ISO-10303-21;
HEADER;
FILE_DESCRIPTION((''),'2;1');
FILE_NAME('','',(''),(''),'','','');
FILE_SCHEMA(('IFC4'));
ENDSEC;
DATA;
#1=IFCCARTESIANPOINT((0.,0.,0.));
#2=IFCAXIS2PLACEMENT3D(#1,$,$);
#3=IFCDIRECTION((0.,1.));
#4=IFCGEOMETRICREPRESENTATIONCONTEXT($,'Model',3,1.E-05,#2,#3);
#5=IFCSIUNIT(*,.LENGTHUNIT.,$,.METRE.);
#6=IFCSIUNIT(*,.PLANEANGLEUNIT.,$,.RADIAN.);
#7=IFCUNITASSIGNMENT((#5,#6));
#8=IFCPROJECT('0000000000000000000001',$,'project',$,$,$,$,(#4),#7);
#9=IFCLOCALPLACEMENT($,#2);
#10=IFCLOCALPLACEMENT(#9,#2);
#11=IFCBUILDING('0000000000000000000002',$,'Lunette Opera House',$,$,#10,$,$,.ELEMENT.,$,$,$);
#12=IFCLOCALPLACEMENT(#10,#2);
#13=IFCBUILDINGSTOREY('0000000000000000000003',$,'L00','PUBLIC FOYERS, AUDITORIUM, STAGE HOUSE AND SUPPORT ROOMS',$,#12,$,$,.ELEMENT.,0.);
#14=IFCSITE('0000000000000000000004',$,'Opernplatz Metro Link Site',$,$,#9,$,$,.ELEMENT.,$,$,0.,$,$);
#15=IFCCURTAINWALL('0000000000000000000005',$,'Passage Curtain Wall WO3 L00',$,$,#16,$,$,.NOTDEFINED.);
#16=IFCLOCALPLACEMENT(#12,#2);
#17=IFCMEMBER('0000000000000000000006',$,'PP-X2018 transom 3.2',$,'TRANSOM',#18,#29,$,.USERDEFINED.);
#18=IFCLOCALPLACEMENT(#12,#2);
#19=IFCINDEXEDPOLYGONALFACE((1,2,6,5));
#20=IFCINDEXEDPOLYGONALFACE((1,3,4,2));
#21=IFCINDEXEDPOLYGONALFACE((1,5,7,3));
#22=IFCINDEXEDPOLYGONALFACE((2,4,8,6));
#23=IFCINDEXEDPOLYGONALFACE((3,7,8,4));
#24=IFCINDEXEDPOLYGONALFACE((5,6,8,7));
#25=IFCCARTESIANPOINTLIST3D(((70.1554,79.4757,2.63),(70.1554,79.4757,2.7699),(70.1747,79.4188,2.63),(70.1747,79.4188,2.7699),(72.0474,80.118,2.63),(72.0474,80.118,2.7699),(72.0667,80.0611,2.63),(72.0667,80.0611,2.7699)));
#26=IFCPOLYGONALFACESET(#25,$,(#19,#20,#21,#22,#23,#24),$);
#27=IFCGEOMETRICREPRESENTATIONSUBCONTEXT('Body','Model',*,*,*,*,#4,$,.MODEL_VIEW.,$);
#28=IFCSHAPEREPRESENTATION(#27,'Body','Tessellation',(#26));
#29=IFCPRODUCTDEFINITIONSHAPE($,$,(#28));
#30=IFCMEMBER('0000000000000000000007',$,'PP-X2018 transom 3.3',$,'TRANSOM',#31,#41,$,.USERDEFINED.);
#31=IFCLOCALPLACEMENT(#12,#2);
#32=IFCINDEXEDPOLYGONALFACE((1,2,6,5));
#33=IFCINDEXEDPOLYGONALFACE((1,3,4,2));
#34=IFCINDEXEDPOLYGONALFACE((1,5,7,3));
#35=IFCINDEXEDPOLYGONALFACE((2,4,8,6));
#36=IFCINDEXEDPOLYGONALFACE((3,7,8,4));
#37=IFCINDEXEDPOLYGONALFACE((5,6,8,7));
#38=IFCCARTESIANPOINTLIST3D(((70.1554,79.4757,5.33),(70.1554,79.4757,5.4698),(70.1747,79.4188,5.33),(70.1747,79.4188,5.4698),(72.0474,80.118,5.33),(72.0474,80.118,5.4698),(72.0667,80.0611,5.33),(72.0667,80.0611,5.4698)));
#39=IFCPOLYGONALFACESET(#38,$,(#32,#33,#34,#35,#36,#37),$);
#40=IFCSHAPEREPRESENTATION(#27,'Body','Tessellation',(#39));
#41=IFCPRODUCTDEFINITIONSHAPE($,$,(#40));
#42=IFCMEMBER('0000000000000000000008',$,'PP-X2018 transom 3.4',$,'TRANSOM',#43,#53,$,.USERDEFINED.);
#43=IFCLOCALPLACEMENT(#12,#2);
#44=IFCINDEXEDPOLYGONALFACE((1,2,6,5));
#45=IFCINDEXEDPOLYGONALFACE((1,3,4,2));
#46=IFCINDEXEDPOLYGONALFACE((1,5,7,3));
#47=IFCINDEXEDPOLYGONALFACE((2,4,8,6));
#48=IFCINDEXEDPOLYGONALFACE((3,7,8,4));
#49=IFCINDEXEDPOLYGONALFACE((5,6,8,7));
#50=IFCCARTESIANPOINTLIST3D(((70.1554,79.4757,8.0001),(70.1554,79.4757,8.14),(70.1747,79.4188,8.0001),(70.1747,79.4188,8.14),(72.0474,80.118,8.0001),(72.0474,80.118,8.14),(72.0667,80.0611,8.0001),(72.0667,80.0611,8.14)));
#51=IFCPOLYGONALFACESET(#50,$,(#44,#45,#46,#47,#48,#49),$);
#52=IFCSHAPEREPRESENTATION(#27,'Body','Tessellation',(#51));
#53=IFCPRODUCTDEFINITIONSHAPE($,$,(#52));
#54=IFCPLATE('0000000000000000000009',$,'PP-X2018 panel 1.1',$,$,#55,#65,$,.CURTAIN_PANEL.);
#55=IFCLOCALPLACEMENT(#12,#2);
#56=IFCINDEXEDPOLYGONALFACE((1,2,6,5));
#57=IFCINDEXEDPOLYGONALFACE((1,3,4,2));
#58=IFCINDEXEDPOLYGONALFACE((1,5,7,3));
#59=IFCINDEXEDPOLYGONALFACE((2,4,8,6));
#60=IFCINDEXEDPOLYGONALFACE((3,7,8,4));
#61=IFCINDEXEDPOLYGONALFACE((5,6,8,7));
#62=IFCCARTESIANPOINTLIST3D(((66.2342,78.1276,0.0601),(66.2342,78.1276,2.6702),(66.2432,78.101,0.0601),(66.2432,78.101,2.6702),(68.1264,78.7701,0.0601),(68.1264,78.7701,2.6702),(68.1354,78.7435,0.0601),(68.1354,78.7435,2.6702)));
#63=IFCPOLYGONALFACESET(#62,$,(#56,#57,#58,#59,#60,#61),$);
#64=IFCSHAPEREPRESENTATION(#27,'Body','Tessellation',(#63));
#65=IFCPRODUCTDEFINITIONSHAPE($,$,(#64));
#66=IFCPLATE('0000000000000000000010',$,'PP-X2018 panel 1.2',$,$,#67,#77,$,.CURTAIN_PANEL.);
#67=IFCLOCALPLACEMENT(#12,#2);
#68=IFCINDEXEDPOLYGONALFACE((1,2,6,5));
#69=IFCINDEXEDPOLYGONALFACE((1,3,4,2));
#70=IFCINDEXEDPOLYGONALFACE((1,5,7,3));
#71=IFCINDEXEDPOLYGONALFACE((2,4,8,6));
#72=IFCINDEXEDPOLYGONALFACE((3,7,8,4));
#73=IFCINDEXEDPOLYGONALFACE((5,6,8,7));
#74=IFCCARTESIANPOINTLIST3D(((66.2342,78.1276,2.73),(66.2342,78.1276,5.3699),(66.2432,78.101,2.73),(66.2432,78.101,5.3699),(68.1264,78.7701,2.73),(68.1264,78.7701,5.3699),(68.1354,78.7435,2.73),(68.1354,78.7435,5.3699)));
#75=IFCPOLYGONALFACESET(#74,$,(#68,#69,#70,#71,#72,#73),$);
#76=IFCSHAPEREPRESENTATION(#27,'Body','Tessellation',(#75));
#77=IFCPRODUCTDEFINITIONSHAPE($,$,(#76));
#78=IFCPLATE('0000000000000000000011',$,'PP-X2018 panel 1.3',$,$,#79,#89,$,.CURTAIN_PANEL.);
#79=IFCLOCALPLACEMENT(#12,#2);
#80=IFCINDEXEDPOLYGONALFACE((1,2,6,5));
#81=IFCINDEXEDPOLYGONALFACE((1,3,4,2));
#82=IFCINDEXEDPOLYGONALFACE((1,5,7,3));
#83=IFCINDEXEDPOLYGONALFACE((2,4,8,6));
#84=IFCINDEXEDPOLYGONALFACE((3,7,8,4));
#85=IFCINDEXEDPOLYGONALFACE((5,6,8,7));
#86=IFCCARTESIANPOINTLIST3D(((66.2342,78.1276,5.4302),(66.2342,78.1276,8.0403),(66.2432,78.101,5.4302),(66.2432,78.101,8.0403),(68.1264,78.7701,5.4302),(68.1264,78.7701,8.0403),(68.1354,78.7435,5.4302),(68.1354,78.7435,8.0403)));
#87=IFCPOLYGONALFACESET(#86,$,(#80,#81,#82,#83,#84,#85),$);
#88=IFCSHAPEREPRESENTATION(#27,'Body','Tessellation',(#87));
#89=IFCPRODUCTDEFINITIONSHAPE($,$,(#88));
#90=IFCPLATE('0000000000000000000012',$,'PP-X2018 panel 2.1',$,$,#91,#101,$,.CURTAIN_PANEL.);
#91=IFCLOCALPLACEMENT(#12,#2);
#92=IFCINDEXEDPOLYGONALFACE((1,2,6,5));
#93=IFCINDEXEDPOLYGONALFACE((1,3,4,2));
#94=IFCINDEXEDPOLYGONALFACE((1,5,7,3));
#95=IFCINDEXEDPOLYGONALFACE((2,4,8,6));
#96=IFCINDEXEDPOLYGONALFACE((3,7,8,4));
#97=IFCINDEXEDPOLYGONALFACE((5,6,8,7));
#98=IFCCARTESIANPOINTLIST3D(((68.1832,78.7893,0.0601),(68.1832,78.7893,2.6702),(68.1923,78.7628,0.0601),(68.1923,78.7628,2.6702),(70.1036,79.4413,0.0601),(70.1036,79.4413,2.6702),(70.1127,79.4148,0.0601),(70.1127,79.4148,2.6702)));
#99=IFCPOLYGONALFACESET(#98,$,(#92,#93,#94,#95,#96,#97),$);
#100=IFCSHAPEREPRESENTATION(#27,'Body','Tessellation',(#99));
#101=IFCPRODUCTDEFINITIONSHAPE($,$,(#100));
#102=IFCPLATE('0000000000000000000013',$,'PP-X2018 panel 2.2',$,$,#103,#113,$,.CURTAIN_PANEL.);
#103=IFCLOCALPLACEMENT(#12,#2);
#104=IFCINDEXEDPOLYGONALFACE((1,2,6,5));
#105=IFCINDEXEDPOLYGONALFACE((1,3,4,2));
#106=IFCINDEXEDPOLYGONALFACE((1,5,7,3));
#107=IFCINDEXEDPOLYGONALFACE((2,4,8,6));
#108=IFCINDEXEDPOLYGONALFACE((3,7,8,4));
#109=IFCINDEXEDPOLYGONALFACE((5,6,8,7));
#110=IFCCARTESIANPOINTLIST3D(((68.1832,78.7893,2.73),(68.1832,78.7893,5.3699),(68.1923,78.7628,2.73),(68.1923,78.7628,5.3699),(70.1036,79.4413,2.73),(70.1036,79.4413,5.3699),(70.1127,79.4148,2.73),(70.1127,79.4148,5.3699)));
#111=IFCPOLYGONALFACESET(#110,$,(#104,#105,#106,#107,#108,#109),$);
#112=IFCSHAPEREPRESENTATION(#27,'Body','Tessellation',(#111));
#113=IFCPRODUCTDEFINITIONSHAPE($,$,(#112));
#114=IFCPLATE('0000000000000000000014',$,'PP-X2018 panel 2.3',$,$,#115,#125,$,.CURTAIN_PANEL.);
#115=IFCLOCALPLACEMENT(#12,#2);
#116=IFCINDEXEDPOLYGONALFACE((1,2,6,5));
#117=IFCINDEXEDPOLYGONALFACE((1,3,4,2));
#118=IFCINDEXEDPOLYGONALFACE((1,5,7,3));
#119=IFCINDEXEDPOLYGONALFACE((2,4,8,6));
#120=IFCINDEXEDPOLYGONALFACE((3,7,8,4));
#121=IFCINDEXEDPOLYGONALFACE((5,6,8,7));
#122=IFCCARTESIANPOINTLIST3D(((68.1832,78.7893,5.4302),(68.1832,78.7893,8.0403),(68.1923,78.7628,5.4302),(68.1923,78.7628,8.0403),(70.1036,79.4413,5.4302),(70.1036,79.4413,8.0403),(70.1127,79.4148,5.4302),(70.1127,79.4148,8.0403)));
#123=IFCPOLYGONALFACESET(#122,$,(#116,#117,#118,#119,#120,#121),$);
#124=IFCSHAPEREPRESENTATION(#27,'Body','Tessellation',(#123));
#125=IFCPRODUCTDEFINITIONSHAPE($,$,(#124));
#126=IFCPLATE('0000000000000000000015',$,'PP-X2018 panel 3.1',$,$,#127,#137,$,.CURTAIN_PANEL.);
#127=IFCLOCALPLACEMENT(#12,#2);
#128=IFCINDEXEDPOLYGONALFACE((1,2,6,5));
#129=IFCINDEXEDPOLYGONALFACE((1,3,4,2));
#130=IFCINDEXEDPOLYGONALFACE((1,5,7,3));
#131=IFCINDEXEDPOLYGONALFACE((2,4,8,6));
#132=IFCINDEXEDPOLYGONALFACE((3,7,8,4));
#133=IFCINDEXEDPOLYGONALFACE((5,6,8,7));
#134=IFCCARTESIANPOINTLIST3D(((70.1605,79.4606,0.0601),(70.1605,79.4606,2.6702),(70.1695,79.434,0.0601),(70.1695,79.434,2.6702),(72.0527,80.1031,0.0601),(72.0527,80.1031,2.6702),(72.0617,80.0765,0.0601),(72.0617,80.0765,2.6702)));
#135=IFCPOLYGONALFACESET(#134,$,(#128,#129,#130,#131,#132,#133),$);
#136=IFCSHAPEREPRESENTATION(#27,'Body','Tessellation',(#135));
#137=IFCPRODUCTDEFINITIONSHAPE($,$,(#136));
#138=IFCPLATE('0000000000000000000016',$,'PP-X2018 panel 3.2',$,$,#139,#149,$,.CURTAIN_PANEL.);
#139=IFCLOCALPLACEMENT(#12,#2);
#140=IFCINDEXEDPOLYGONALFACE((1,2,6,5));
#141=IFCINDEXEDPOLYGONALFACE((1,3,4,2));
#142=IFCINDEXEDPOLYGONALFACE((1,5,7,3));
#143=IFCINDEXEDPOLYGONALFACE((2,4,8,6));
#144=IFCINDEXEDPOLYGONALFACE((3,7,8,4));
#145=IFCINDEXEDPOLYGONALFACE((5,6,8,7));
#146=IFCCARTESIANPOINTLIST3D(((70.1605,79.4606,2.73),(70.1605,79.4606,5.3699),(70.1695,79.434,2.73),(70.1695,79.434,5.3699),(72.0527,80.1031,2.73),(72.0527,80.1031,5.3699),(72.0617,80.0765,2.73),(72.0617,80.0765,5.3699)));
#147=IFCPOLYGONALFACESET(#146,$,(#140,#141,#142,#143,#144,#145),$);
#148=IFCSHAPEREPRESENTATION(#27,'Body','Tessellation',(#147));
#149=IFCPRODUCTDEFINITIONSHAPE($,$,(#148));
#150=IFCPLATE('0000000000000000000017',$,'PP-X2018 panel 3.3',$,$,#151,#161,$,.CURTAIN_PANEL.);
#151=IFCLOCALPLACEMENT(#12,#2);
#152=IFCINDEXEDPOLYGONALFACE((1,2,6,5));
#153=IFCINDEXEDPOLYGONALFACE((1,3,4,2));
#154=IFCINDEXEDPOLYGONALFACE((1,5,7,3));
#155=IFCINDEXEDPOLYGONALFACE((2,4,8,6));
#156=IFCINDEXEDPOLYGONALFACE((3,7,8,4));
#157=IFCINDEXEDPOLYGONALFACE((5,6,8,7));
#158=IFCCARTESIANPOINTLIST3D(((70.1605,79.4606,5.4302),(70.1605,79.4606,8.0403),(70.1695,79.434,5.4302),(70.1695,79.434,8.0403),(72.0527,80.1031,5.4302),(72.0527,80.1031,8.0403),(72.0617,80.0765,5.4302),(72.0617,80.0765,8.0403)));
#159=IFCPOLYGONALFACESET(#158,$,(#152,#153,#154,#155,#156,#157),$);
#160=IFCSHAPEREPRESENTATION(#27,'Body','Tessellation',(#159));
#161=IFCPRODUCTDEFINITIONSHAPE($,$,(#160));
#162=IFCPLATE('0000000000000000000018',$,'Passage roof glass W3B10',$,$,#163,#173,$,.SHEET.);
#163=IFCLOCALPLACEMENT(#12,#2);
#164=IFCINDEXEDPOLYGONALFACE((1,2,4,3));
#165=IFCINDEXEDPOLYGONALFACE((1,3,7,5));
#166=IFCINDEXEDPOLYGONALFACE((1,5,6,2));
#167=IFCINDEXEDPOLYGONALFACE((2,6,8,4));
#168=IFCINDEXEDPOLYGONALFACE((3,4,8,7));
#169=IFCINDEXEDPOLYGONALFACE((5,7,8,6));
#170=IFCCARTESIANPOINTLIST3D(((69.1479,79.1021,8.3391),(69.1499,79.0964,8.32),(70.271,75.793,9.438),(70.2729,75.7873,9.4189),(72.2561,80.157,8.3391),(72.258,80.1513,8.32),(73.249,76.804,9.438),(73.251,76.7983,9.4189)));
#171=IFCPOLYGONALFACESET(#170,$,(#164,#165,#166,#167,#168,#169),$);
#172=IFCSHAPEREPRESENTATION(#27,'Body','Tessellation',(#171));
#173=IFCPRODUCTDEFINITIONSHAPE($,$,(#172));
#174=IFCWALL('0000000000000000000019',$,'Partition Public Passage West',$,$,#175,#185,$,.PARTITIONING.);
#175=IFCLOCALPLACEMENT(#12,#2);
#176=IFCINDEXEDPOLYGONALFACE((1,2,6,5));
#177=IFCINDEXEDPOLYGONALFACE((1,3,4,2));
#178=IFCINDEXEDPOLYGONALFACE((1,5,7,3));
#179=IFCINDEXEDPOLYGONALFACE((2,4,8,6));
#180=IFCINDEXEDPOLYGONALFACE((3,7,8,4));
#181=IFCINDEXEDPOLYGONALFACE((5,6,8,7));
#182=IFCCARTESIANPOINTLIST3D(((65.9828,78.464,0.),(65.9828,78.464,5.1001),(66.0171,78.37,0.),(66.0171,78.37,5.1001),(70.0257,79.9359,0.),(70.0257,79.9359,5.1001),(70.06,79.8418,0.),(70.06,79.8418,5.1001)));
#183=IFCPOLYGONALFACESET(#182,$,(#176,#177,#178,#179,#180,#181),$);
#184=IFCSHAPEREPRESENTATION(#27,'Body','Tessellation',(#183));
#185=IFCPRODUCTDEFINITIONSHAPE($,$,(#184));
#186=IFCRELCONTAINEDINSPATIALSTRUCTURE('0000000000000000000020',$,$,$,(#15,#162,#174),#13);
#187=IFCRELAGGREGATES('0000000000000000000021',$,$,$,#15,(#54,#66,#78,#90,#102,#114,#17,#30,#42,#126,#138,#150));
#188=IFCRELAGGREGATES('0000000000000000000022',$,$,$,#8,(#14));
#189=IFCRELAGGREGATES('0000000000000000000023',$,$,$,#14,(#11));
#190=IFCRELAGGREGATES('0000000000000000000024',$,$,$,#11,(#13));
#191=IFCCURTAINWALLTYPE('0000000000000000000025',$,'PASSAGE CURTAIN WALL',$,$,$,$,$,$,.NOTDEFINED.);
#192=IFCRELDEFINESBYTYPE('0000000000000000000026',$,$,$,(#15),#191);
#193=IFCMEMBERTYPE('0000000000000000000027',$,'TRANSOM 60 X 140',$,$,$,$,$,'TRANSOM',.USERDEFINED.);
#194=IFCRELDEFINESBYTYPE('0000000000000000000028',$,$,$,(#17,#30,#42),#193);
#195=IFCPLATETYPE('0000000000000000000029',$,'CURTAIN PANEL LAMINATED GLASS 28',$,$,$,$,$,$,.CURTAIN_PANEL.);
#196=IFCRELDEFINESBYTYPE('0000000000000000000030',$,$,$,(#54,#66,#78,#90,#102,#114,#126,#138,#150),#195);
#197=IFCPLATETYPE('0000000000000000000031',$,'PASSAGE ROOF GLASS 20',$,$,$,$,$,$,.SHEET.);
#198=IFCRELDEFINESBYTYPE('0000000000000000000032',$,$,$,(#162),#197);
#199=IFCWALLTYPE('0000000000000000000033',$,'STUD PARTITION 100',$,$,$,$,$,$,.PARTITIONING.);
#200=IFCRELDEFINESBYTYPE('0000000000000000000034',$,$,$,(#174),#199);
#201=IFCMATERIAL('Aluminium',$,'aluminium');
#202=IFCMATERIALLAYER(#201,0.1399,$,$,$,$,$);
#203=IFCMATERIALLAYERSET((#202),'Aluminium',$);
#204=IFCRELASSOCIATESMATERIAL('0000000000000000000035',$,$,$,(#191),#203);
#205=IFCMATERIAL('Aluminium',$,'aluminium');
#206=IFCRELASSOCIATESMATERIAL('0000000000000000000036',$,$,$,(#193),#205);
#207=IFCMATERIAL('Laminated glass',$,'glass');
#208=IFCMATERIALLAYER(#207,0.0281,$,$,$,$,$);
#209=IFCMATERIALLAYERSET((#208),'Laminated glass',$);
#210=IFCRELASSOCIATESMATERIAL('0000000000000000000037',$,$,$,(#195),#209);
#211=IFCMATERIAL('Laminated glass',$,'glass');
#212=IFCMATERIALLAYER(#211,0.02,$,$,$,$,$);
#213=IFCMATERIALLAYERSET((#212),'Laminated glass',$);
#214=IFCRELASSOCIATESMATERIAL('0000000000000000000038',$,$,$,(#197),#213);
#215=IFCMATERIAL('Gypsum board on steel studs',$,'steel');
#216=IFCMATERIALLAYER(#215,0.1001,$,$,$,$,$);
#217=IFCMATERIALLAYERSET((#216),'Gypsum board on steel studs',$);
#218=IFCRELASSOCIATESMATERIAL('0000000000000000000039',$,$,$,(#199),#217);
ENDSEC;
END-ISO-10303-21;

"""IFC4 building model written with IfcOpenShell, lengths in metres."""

from ifc_helpers import new_model, si_unit, direction, frame, frame_2d, origin, origin_2d, place, context, subcontext, project, spatial, polyline, rectangle, outline, extrude, material, layer, layer_set, material_profile, profile_set, type_object, element, aggregate, save


model = new_model("IFC4")

# Units and contexts
model_context = context("Model", 3, precision=1e-05, world=origin(), true_north=direction((0.0, 1.0)))
body_context = subcontext(model_context, "Body", "Model", "MODEL_VIEW")
ifc_project = project(units=[si_unit("LENGTHUNIT", "METRE"), si_unit("PLANEANGLEUNIT", "RADIAN")], contexts=[model_context])

# Site, building, storey
site_placement = place(None, origin())
site = spatial("IfcSite", under=ifc_project, at=site_placement, Name="Opernplatz Metro Link Site", CompositionType="ELEMENT", RefElevation=0.0)
building_placement = place(site_placement, origin())
building = spatial("IfcBuilding", under=site, at=building_placement, Name="Lunette Opera House", CompositionType="ELEMENT")
storey_placement = place(building_placement, origin())
storey = spatial("IfcBuildingStorey", under=building, at=storey_placement, Name="L00", Description="PUBLIC FOYERS, AUDITORIUM, STAGE HOUSE AND SUPPORT ROOMS", CompositionType="ELEMENT", Elevation=0.0)

# Curtain wall
ifc_material_1 = material(Name="Aluminium", Category="aluminium")
ifc_layer_1 = layer(ifc_material_1, 0.1399)
ifc_layer_set_1 = layer_set([ifc_layer_1], Name="Aluminium")
curtain_wall_type = type_object("IfcCurtainWallType", Name="PASSAGE CURTAIN WALL", PredefinedType="NOTDEFINED", material=ifc_layer_set_1)
curtain_wall_placement = place(storey_placement, origin())
curtain_wall = element("IfcCurtainWall", 1, at=curtain_wall_placement, inside=storey, type_object=curtain_wall_type, Name="Passage Curtain Wall WO3 L00", PredefinedType="NOTDEFINED")

# Members
ifc_material_2 = material(Name="Aluminium", Category="aluminium")
ifc_material_profile_1 = material_profile(ifc_material_2, rectangle(XDim=0.0601, YDim=0.1399, at=origin_2d()), Name="TRANSOM 60 X 140")
ifc_profile_set_1 = profile_set([ifc_material_profile_1], Name="Aluminium")
member_type_1 = type_object("IfcMemberType", Name="TRANSOM 60 X 140", ElementType="TRANSOM", PredefinedType="USERDEFINED", material=ifc_profile_set_1)
member_1_placement = place(storey_placement, frame((70.165, 79.4473, 2.7), z_axis=(0.946922, 0.321465, 0.0), x_axis=(-0.321465, 0.946922, 0.0)))
member_1 = element("IfcMember", 2, at=member_1_placement, type_object=member_type_1, Name="PP-X2018 transom 3.2", ObjectType="TRANSOM", PredefinedType="USERDEFINED", context=body_context, shape_type="SweptSolid", body=[
    extrude(rectangle(XDim=0.0601, YDim=0.1399, at=origin_2d()), origin(), (0.0, 0.0, 1.0), 1.998),
])
member_2_placement = place(storey_placement, frame((70.165, 79.4473, 5.3999), z_axis=(0.946922, 0.321465, 0.0), x_axis=(-0.321465, 0.946922, 0.0)))
member_2 = element("IfcMember", 3, at=member_2_placement, type_object=member_type_1, Name="PP-X2018 transom 3.3", ObjectType="TRANSOM", PredefinedType="USERDEFINED", context=body_context, shape_type="SweptSolid", body=[
    extrude(rectangle(XDim=0.0601, YDim=0.1399, at=origin_2d()), origin(), (0.0, 0.0, 1.0), 1.998),
])
member_3_placement = place(storey_placement, frame((70.165, 79.4473, 8.0701), z_axis=(0.946922, 0.321465, 0.0), x_axis=(-0.321465, 0.946922, 0.0)))
member_3 = element("IfcMember", 4, at=member_3_placement, type_object=member_type_1, Name="PP-X2018 transom 3.4", ObjectType="TRANSOM", PredefinedType="USERDEFINED", context=body_context, shape_type="SweptSolid", body=[
    extrude(rectangle(XDim=0.0601, YDim=0.1399, at=origin_2d()), origin(), (0.0, 0.0, 1.0), 1.998),
])

# Plates
ifc_material_3 = material(Name="Laminated glass", Category="glass")
ifc_layer_2 = layer(ifc_material_3, 0.0281)
ifc_layer_set_2 = layer_set([ifc_layer_2], Name="Laminated glass")
plate_type_1 = type_object("IfcPlateType", Name="CURTAIN PANEL LAMINATED GLASS 28", PredefinedType="CURTAIN_PANEL", material=ifc_layer_set_2)
plate_1_placement = place(storey_placement, frame((67.1848, 78.4355, 0.0601), z_axis=(0.0, 0.0, 1.0), x_axis=(0.946913, 0.321491, 0.0)))
plate_1 = element("IfcPlate", 5, at=plate_1_placement, type_object=plate_type_1, Name="PP-X2018 panel 1.1", PredefinedType="CURTAIN_PANEL", context=body_context, shape_type="SweptSolid", body=[
    extrude(rectangle(XDim=1.9983, YDim=0.0281, at=origin_2d()), origin(), (0.0, 0.0, 1.0), 2.6101),
])
plate_2_placement = place(storey_placement, frame((67.1848, 78.4355, 2.73), z_axis=(0.0, 0.0, 1.0), x_axis=(0.946913, 0.321491, 0.0)))
plate_2 = element("IfcPlate", 6, at=plate_2_placement, type_object=plate_type_1, Name="PP-X2018 panel 1.2", PredefinedType="CURTAIN_PANEL", context=body_context, shape_type="SweptSolid", body=[
    extrude(rectangle(XDim=1.9983, YDim=0.0281, at=origin_2d()), origin(), (0.0, 0.0, 1.0), 2.6399),
])
plate_3_placement = place(storey_placement, frame((67.1848, 78.4355, 5.4302), z_axis=(0.0, 0.0, 1.0), x_axis=(0.946913, 0.321491, 0.0)))
plate_3 = element("IfcPlate", 7, at=plate_3_placement, type_object=plate_type_1, Name="PP-X2018 panel 1.3", PredefinedType="CURTAIN_PANEL", context=body_context, shape_type="SweptSolid", body=[
    extrude(rectangle(XDim=1.9983, YDim=0.0281, at=origin_2d()), origin(), (0.0, 0.0, 1.0), 2.6101),
])
plate_4_placement = place(storey_placement, frame((69.1479, 79.1021, 0.0601), z_axis=(0.0, 0.0, 1.0), x_axis=(0.946913, 0.321491, 0.0)))
plate_4 = element("IfcPlate", 8, at=plate_4_placement, type_object=plate_type_1, Name="PP-X2018 panel 2.1", PredefinedType="CURTAIN_PANEL", context=body_context, shape_type="SweptSolid", body=[
    extrude(rectangle(XDim=2.0281, YDim=0.0281, at=origin_2d()), origin(), (0.0, 0.0, 1.0), 2.6101),
])
plate_5_placement = place(storey_placement, frame((69.1479, 79.1021, 2.73), z_axis=(0.0, 0.0, 1.0), x_axis=(0.946913, 0.321491, 0.0)))
plate_5 = element("IfcPlate", 9, at=plate_5_placement, type_object=plate_type_1, Name="PP-X2018 panel 2.2", PredefinedType="CURTAIN_PANEL", context=body_context, shape_type="SweptSolid", body=[
    extrude(rectangle(XDim=2.0281, YDim=0.0281, at=origin_2d()), origin(), (0.0, 0.0, 1.0), 2.6399),
])
plate_6_placement = place(storey_placement, frame((69.1479, 79.1021, 5.4302), z_axis=(0.0, 0.0, 1.0), x_axis=(0.946913, 0.321491, 0.0)))
plate_6 = element("IfcPlate", 10, at=plate_6_placement, type_object=plate_type_1, Name="PP-X2018 panel 2.3", PredefinedType="CURTAIN_PANEL", context=body_context, shape_type="SweptSolid", body=[
    extrude(rectangle(XDim=2.0281, YDim=0.0281, at=origin_2d()), origin(), (0.0, 0.0, 1.0), 2.6101),
])
plate_7_placement = place(storey_placement, frame((71.1111, 79.7686, 0.0601), z_axis=(0.0, 0.0, 1.0), x_axis=(0.946913, 0.321491, 0.0)))
plate_7 = element("IfcPlate", 11, at=plate_7_placement, type_object=plate_type_1, Name="PP-X2018 panel 3.1", PredefinedType="CURTAIN_PANEL", context=body_context, shape_type="SweptSolid", body=[
    extrude(rectangle(XDim=1.9983, YDim=0.0281, at=origin_2d()), origin(), (0.0, 0.0, 1.0), 2.6101),
])
plate_8_placement = place(storey_placement, frame((71.1111, 79.7686, 2.73), z_axis=(0.0, 0.0, 1.0), x_axis=(0.946913, 0.321491, 0.0)))
plate_8 = element("IfcPlate", 12, at=plate_8_placement, type_object=plate_type_1, Name="PP-X2018 panel 3.2", PredefinedType="CURTAIN_PANEL", context=body_context, shape_type="SweptSolid", body=[
    extrude(rectangle(XDim=1.9983, YDim=0.0281, at=origin_2d()), origin(), (0.0, 0.0, 1.0), 2.6399),
])
plate_9_placement = place(storey_placement, frame((71.1111, 79.7686, 5.4302), z_axis=(0.0, 0.0, 1.0), x_axis=(0.946913, 0.321491, 0.0)))
plate_9 = element("IfcPlate", 13, at=plate_9_placement, type_object=plate_type_1, Name="PP-X2018 panel 3.3", PredefinedType="CURTAIN_PANEL", context=body_context, shape_type="SweptSolid", body=[
    extrude(rectangle(XDim=1.9983, YDim=0.0281, at=origin_2d()), origin(), (0.0, 0.0, 1.0), 2.6101),
])
aggregate(curtain_wall, [plate_1, plate_2, plate_3, plate_4, plate_5, plate_6, member_1, member_2, member_3, plate_7, plate_8, plate_9])
ifc_material_4 = material(Name="Laminated glass", Category="glass")
ifc_layer_3 = layer(ifc_material_4, 0.02)
ifc_layer_set_3 = layer_set([ifc_layer_3], Name="Laminated glass")
plate_type_2 = type_object("IfcPlateType", Name="PASSAGE ROOF GLASS 20", PredefinedType="SHEET", material=ifc_layer_set_3)
plate_10_placement = place(storey_placement, frame((69.1479, 79.1021, 8.3391), z_axis=(-0.096426, 0.284069, 0.953943), x_axis=(0.946943, 0.321403, 0.000009)))
element("IfcPlate", 14, at=plate_10_placement, inside=storey, type_object=plate_type_2, Name="Passage roof glass W3B10", PredefinedType="SHEET", context=body_context, shape_type="SweptSolid", body=[
    extrude(outline(polyline([(0.0, 0.0), (3.2823, 0.0), (3.1449, -3.663), (-0.0001, -3.6632), (0.0, 0.0)])), origin(), (0.0, 0.0, -1.0), 0.02),
])

# Wall
ifc_material_5 = material(Name="Gypsum board on steel studs", Category="steel")
ifc_layer_4 = layer(ifc_material_5, 0.1001)
ifc_layer_set_4 = layer_set([ifc_layer_4], Name="Gypsum board on steel studs")
wall_type = type_object("IfcWallType", Name="STUD PARTITION 100", PredefinedType="PARTITIONING", material=ifc_layer_set_4)
wall_1_placement = place(storey_placement, frame((70.043, 79.8889, 0.0), z_axis=(0.0, 0.0, 1.0), x_axis=(-0.939662, -0.342103, 0.0)))
element("IfcWall", 15, at=wall_1_placement, inside=storey, type_object=wall_type, Name="Partition Public Passage West", PredefinedType="PARTITIONING", context=body_context, shape_type="SweptSolid", body=[
    extrude(rectangle(XDim=4.3025, YDim=0.1001, at=frame_2d((2.1514, 0.0))), origin(), (0.0, 0.0, 1.0), 5.1001),
])

save(model, "model.ifc")
